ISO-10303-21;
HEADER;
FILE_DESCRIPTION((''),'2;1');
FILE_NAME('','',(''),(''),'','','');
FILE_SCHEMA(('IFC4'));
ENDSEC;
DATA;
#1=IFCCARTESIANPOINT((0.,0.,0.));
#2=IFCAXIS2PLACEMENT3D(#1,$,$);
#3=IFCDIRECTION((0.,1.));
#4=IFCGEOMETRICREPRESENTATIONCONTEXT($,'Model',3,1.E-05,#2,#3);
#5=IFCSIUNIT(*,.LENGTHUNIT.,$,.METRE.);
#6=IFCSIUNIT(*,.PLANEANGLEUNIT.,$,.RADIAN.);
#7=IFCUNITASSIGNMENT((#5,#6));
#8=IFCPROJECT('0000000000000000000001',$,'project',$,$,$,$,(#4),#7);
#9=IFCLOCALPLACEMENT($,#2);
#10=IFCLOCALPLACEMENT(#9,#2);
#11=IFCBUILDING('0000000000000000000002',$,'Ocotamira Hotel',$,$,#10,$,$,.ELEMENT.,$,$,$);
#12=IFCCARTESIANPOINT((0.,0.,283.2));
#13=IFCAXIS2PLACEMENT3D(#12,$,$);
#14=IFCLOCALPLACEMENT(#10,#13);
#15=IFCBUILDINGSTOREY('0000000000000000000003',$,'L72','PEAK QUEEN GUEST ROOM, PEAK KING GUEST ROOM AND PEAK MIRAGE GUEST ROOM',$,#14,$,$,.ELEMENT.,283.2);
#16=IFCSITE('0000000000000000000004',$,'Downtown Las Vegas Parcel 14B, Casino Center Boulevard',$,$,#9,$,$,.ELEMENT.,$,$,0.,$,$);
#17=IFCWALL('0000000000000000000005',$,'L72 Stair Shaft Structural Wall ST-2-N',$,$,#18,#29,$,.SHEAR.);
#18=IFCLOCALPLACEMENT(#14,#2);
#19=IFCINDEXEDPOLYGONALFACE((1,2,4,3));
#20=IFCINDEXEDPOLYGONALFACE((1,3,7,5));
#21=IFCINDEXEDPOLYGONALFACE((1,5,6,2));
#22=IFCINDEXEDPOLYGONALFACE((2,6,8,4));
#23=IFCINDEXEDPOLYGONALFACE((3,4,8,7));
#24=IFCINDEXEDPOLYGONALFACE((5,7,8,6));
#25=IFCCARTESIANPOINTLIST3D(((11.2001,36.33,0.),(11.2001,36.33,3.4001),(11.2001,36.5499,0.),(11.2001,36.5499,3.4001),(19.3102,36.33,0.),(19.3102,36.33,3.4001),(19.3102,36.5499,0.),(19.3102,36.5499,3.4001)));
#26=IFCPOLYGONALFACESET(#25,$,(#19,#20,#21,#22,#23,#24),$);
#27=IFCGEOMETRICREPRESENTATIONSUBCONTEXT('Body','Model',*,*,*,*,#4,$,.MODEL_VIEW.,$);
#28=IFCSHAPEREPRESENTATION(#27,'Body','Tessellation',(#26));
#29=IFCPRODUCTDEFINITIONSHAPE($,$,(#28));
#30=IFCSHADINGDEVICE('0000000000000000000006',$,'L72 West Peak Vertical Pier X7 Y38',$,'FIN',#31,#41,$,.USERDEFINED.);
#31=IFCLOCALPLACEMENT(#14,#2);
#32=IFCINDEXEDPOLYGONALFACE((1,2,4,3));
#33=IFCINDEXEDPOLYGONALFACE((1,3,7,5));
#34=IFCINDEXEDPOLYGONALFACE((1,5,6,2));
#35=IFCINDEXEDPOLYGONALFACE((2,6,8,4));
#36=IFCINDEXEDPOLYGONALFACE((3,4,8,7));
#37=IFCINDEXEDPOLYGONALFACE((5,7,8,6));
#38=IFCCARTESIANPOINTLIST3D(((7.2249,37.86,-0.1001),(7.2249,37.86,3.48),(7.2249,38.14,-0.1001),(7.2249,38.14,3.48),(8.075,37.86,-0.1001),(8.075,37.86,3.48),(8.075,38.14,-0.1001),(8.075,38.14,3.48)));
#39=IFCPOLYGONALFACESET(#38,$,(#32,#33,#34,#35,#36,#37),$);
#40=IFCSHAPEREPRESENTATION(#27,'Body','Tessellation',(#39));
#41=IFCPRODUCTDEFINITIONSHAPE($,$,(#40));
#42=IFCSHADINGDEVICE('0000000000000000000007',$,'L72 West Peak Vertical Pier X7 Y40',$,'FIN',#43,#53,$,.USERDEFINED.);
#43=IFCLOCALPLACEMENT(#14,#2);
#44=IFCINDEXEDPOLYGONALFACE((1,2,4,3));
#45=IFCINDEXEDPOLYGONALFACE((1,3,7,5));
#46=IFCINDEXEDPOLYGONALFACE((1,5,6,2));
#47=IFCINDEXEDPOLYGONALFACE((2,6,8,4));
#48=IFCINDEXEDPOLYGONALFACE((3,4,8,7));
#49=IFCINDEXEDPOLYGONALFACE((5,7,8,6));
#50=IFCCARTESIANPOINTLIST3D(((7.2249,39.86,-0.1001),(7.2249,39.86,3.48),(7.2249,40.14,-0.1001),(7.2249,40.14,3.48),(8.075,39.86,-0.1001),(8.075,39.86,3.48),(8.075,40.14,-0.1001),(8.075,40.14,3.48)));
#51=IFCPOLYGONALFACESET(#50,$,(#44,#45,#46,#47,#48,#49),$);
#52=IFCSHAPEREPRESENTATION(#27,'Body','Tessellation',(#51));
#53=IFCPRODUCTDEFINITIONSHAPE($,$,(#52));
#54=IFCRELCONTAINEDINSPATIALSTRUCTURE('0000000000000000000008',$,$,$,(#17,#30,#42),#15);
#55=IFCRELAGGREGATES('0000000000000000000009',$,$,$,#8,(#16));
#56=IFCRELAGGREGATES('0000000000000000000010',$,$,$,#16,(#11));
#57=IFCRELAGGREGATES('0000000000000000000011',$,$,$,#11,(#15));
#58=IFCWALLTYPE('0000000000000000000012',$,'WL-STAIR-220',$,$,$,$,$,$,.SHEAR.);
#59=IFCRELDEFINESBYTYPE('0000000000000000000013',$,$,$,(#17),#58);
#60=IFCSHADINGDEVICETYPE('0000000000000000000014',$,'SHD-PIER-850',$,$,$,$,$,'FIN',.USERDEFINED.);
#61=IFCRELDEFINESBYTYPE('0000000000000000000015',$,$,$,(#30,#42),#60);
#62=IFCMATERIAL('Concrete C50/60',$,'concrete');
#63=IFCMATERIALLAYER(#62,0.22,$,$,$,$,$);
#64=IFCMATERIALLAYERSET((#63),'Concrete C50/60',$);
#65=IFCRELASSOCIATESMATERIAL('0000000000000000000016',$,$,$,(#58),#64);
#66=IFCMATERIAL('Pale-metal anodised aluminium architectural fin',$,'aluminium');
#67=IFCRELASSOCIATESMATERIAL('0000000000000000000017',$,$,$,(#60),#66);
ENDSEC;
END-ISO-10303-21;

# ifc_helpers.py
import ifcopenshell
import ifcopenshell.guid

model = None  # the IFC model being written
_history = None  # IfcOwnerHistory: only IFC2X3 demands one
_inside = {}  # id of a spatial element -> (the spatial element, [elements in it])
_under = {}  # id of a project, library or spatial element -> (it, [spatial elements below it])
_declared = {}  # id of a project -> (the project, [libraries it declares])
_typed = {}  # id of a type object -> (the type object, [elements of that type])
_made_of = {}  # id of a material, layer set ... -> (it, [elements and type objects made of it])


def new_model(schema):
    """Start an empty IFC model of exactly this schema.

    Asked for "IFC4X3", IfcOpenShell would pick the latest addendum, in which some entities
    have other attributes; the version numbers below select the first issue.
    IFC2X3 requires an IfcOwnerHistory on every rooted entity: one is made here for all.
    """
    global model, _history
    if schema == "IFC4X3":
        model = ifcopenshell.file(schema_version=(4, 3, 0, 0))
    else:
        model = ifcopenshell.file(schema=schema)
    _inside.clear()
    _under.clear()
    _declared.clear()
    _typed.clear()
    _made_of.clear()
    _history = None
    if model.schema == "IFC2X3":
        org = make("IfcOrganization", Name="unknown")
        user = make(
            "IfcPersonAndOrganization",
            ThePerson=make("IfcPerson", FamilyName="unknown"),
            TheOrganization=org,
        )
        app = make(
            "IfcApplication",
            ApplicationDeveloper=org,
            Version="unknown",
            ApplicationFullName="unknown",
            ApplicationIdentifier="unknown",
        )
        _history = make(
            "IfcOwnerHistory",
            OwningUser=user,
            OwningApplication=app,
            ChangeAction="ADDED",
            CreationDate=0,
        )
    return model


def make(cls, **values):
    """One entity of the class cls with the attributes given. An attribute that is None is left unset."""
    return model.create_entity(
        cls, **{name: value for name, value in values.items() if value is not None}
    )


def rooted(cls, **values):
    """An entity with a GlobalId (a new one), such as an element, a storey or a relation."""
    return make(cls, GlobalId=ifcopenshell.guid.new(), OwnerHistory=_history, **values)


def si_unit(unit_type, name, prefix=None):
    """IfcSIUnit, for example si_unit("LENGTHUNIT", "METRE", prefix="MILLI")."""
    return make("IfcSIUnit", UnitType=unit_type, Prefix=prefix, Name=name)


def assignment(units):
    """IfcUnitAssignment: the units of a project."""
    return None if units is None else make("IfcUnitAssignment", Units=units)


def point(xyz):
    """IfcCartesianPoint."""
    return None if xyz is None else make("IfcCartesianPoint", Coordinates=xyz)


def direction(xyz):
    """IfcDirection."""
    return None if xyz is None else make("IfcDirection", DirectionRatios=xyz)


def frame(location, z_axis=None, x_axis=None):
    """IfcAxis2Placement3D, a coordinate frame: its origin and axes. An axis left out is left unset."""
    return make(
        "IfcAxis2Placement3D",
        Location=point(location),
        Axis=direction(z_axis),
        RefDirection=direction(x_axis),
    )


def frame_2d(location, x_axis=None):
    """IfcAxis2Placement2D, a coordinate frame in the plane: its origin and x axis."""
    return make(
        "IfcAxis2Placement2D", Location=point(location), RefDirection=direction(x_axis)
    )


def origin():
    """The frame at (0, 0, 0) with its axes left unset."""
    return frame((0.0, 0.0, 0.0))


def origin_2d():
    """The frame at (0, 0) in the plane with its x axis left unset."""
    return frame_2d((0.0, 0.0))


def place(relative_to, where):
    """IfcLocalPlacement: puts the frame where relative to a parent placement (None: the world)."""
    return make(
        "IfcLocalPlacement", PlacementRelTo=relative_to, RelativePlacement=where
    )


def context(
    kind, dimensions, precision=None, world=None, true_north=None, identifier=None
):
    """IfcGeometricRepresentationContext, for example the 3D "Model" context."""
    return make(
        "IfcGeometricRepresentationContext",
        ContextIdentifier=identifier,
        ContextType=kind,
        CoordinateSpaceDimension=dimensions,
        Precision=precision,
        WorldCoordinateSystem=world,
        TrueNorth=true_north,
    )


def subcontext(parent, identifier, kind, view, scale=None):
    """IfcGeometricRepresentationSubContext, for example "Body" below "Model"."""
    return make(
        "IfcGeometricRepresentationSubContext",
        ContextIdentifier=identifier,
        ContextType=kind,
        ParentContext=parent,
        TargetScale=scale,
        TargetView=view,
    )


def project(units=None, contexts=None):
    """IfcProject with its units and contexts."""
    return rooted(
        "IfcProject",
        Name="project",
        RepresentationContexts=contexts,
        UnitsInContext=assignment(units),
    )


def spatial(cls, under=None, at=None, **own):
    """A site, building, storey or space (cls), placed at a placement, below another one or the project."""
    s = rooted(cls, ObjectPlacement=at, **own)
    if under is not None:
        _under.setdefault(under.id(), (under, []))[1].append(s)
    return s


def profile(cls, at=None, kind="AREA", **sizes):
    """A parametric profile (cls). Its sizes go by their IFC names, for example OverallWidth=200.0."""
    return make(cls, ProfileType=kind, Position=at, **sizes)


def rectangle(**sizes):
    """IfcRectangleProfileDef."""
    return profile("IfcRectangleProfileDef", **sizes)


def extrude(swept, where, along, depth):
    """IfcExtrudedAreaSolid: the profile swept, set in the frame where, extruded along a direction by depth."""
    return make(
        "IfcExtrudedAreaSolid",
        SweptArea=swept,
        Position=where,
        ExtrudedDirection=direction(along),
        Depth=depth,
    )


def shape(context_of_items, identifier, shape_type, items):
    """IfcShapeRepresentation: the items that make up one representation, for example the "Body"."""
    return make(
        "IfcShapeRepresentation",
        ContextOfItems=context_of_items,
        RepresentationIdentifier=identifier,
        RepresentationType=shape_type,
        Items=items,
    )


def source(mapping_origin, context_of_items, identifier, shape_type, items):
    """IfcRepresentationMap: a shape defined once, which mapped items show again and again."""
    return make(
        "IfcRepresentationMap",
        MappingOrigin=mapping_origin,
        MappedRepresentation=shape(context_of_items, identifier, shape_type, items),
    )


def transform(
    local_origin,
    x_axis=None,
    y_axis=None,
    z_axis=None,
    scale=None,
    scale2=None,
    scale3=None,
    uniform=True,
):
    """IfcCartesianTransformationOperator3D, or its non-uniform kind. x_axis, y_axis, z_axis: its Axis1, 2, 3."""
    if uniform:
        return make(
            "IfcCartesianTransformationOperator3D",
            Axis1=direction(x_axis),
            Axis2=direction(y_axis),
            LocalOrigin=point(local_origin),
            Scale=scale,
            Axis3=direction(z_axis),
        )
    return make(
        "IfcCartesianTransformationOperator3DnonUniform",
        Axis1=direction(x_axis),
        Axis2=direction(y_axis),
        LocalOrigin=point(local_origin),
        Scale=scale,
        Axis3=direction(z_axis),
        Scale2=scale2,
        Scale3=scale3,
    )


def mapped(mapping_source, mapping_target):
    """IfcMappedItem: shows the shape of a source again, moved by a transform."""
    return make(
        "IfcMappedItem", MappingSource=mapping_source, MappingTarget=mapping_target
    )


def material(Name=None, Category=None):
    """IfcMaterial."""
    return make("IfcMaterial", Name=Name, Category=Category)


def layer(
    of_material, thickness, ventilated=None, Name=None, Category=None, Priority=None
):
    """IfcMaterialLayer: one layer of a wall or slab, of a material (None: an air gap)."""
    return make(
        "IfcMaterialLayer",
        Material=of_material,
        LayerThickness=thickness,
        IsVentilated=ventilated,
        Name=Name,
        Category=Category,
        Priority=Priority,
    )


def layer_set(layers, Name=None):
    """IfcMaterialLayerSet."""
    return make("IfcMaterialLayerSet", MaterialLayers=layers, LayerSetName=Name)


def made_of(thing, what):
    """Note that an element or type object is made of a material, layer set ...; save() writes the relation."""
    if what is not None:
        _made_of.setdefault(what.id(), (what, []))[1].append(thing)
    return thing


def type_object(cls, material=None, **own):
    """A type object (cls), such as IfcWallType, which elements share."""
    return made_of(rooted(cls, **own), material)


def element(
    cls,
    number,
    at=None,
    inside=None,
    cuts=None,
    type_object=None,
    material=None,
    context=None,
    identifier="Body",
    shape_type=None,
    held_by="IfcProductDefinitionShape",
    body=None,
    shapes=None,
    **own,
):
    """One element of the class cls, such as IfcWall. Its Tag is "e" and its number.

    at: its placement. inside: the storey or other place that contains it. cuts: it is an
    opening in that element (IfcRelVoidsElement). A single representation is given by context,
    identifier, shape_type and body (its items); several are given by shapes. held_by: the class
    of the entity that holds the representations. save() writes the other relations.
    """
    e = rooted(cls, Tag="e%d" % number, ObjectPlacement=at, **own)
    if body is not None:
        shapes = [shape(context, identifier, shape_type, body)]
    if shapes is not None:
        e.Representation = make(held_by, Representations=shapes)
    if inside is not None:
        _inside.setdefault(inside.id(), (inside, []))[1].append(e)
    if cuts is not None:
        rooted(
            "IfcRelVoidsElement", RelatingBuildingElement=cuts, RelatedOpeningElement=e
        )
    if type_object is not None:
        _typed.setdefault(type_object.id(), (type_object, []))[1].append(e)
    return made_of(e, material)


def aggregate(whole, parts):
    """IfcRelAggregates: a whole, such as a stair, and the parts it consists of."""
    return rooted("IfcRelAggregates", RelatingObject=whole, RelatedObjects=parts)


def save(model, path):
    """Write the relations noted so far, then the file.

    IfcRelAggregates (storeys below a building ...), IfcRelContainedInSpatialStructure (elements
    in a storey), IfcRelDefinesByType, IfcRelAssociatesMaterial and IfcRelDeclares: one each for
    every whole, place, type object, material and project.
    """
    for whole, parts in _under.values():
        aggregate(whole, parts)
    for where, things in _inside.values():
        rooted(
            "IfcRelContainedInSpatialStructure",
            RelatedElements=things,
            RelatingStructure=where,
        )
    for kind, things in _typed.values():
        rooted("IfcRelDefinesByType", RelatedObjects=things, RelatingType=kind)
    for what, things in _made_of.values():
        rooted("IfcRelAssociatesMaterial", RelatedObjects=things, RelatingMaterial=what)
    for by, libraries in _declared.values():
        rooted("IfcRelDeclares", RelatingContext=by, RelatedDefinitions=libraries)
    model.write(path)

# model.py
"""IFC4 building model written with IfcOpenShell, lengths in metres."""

from ifc_helpers import new_model, si_unit, direction, frame, frame_2d, origin, origin_2d, place, context, subcontext, project, spatial, rectangle, extrude, source, transform, mapped, material, layer, layer_set, type_object, element, save


model = new_model("IFC4")

# Units and contexts
model_context = context("Model", 3, precision=1e-05, world=origin(), true_north=direction((0.0, 1.0)))
body_context = subcontext(model_context, "Body", "Model", "MODEL_VIEW")
ifc_project = project(units=[si_unit("LENGTHUNIT", "METRE"), si_unit("PLANEANGLEUNIT", "RADIAN")], contexts=[model_context])

# Site, building, storey
site_placement = place(None, origin())
site = spatial("IfcSite", under=ifc_project, at=site_placement, Name="Downtown Las Vegas Parcel 14B, Casino Center Boulevard", CompositionType="ELEMENT", RefElevation=0.0)
building_placement = place(site_placement, origin())
building = spatial("IfcBuilding", under=site, at=building_placement, Name="Ocotamira Hotel", CompositionType="ELEMENT")
storey_placement = place(building_placement, frame((0.0, 0.0, 283.2)))
storey = spatial("IfcBuildingStorey", under=building, at=storey_placement, Name="L72", Description="PEAK QUEEN GUEST ROOM, PEAK KING GUEST ROOM AND PEAK MIRAGE GUEST ROOM", CompositionType="ELEMENT", Elevation=283.2)

# Shared definitions
ifc_material_1 = material(Name="Concrete C50/60", Category="concrete")

# Wall
ifc_layer_1 = layer(ifc_material_1, 0.22)
ifc_layer_set_1 = layer_set([ifc_layer_1], Name="Concrete C50/60")
wall_type_1 = type_object("IfcWallType", Name="WL-STAIR-220", PredefinedType="SHEAR", material=ifc_layer_set_1)
wall_1_placement = place(storey_placement, frame((11.2, 36.4399, 0.0), z_axis=(0.0, 0.0, 1.0), x_axis=(1.0, 0.0, 0.0)))
element("IfcWall", 1, at=wall_1_placement, inside=storey, type_object=wall_type_1, Name="L72 Stair Shaft Structural Wall ST-2-N", PredefinedType="SHEAR", context=body_context, shape_type="SweptSolid", body=[
    extrude(rectangle(XDim=8.1101, YDim=0.22, at=frame_2d((4.0552, 0.0))), origin(), (0.0, 0.0, 1.0), 3.4001),
])

# Shading devices
ifc_material_2 = material(Name="Pale-metal anodised aluminium architectural fin", Category="aluminium")
shading_device_type = type_object("IfcShadingDeviceType", Name="SHD-PIER-850", ElementType="FIN", PredefinedType="USERDEFINED", material=ifc_material_2)
shared_shape_1 = source(origin(), body_context, "Body", "SweptSolid", [
    extrude(rectangle(XDim=0.8501, YDim=0.28, at=origin_2d()), origin(), (0.0, 0.0, 1.0), 3.5801),
])
for number, where, z_axis, x_axis, name in (
    (2, (7.6499, 38.0, -0.1001), (0.0, 0.0, 1.0), (1.0, 0.0, 0.0), "L72 West Peak Vertical Pier X7 Y38"),
    (3, (7.6499, 40.0, -0.1001), (0.0, 0.0, 1.0), (1.0, 0.0, 0.0), "L72 West Peak Vertical Pier X7 Y40"),
):
    element("IfcShadingDevice", number, at=place(storey_placement, frame(where, z_axis=z_axis, x_axis=x_axis)), inside=storey, type_object=shading_device_type, Name=name, ObjectType="FIN", PredefinedType="USERDEFINED", context=body_context, shape_type="MappedRepresentation", body=[
        mapped(shared_shape_1, transform((0.0, 0.0, 0.0), scale=1.0)),
    ])

save(model, "model.ifc")
